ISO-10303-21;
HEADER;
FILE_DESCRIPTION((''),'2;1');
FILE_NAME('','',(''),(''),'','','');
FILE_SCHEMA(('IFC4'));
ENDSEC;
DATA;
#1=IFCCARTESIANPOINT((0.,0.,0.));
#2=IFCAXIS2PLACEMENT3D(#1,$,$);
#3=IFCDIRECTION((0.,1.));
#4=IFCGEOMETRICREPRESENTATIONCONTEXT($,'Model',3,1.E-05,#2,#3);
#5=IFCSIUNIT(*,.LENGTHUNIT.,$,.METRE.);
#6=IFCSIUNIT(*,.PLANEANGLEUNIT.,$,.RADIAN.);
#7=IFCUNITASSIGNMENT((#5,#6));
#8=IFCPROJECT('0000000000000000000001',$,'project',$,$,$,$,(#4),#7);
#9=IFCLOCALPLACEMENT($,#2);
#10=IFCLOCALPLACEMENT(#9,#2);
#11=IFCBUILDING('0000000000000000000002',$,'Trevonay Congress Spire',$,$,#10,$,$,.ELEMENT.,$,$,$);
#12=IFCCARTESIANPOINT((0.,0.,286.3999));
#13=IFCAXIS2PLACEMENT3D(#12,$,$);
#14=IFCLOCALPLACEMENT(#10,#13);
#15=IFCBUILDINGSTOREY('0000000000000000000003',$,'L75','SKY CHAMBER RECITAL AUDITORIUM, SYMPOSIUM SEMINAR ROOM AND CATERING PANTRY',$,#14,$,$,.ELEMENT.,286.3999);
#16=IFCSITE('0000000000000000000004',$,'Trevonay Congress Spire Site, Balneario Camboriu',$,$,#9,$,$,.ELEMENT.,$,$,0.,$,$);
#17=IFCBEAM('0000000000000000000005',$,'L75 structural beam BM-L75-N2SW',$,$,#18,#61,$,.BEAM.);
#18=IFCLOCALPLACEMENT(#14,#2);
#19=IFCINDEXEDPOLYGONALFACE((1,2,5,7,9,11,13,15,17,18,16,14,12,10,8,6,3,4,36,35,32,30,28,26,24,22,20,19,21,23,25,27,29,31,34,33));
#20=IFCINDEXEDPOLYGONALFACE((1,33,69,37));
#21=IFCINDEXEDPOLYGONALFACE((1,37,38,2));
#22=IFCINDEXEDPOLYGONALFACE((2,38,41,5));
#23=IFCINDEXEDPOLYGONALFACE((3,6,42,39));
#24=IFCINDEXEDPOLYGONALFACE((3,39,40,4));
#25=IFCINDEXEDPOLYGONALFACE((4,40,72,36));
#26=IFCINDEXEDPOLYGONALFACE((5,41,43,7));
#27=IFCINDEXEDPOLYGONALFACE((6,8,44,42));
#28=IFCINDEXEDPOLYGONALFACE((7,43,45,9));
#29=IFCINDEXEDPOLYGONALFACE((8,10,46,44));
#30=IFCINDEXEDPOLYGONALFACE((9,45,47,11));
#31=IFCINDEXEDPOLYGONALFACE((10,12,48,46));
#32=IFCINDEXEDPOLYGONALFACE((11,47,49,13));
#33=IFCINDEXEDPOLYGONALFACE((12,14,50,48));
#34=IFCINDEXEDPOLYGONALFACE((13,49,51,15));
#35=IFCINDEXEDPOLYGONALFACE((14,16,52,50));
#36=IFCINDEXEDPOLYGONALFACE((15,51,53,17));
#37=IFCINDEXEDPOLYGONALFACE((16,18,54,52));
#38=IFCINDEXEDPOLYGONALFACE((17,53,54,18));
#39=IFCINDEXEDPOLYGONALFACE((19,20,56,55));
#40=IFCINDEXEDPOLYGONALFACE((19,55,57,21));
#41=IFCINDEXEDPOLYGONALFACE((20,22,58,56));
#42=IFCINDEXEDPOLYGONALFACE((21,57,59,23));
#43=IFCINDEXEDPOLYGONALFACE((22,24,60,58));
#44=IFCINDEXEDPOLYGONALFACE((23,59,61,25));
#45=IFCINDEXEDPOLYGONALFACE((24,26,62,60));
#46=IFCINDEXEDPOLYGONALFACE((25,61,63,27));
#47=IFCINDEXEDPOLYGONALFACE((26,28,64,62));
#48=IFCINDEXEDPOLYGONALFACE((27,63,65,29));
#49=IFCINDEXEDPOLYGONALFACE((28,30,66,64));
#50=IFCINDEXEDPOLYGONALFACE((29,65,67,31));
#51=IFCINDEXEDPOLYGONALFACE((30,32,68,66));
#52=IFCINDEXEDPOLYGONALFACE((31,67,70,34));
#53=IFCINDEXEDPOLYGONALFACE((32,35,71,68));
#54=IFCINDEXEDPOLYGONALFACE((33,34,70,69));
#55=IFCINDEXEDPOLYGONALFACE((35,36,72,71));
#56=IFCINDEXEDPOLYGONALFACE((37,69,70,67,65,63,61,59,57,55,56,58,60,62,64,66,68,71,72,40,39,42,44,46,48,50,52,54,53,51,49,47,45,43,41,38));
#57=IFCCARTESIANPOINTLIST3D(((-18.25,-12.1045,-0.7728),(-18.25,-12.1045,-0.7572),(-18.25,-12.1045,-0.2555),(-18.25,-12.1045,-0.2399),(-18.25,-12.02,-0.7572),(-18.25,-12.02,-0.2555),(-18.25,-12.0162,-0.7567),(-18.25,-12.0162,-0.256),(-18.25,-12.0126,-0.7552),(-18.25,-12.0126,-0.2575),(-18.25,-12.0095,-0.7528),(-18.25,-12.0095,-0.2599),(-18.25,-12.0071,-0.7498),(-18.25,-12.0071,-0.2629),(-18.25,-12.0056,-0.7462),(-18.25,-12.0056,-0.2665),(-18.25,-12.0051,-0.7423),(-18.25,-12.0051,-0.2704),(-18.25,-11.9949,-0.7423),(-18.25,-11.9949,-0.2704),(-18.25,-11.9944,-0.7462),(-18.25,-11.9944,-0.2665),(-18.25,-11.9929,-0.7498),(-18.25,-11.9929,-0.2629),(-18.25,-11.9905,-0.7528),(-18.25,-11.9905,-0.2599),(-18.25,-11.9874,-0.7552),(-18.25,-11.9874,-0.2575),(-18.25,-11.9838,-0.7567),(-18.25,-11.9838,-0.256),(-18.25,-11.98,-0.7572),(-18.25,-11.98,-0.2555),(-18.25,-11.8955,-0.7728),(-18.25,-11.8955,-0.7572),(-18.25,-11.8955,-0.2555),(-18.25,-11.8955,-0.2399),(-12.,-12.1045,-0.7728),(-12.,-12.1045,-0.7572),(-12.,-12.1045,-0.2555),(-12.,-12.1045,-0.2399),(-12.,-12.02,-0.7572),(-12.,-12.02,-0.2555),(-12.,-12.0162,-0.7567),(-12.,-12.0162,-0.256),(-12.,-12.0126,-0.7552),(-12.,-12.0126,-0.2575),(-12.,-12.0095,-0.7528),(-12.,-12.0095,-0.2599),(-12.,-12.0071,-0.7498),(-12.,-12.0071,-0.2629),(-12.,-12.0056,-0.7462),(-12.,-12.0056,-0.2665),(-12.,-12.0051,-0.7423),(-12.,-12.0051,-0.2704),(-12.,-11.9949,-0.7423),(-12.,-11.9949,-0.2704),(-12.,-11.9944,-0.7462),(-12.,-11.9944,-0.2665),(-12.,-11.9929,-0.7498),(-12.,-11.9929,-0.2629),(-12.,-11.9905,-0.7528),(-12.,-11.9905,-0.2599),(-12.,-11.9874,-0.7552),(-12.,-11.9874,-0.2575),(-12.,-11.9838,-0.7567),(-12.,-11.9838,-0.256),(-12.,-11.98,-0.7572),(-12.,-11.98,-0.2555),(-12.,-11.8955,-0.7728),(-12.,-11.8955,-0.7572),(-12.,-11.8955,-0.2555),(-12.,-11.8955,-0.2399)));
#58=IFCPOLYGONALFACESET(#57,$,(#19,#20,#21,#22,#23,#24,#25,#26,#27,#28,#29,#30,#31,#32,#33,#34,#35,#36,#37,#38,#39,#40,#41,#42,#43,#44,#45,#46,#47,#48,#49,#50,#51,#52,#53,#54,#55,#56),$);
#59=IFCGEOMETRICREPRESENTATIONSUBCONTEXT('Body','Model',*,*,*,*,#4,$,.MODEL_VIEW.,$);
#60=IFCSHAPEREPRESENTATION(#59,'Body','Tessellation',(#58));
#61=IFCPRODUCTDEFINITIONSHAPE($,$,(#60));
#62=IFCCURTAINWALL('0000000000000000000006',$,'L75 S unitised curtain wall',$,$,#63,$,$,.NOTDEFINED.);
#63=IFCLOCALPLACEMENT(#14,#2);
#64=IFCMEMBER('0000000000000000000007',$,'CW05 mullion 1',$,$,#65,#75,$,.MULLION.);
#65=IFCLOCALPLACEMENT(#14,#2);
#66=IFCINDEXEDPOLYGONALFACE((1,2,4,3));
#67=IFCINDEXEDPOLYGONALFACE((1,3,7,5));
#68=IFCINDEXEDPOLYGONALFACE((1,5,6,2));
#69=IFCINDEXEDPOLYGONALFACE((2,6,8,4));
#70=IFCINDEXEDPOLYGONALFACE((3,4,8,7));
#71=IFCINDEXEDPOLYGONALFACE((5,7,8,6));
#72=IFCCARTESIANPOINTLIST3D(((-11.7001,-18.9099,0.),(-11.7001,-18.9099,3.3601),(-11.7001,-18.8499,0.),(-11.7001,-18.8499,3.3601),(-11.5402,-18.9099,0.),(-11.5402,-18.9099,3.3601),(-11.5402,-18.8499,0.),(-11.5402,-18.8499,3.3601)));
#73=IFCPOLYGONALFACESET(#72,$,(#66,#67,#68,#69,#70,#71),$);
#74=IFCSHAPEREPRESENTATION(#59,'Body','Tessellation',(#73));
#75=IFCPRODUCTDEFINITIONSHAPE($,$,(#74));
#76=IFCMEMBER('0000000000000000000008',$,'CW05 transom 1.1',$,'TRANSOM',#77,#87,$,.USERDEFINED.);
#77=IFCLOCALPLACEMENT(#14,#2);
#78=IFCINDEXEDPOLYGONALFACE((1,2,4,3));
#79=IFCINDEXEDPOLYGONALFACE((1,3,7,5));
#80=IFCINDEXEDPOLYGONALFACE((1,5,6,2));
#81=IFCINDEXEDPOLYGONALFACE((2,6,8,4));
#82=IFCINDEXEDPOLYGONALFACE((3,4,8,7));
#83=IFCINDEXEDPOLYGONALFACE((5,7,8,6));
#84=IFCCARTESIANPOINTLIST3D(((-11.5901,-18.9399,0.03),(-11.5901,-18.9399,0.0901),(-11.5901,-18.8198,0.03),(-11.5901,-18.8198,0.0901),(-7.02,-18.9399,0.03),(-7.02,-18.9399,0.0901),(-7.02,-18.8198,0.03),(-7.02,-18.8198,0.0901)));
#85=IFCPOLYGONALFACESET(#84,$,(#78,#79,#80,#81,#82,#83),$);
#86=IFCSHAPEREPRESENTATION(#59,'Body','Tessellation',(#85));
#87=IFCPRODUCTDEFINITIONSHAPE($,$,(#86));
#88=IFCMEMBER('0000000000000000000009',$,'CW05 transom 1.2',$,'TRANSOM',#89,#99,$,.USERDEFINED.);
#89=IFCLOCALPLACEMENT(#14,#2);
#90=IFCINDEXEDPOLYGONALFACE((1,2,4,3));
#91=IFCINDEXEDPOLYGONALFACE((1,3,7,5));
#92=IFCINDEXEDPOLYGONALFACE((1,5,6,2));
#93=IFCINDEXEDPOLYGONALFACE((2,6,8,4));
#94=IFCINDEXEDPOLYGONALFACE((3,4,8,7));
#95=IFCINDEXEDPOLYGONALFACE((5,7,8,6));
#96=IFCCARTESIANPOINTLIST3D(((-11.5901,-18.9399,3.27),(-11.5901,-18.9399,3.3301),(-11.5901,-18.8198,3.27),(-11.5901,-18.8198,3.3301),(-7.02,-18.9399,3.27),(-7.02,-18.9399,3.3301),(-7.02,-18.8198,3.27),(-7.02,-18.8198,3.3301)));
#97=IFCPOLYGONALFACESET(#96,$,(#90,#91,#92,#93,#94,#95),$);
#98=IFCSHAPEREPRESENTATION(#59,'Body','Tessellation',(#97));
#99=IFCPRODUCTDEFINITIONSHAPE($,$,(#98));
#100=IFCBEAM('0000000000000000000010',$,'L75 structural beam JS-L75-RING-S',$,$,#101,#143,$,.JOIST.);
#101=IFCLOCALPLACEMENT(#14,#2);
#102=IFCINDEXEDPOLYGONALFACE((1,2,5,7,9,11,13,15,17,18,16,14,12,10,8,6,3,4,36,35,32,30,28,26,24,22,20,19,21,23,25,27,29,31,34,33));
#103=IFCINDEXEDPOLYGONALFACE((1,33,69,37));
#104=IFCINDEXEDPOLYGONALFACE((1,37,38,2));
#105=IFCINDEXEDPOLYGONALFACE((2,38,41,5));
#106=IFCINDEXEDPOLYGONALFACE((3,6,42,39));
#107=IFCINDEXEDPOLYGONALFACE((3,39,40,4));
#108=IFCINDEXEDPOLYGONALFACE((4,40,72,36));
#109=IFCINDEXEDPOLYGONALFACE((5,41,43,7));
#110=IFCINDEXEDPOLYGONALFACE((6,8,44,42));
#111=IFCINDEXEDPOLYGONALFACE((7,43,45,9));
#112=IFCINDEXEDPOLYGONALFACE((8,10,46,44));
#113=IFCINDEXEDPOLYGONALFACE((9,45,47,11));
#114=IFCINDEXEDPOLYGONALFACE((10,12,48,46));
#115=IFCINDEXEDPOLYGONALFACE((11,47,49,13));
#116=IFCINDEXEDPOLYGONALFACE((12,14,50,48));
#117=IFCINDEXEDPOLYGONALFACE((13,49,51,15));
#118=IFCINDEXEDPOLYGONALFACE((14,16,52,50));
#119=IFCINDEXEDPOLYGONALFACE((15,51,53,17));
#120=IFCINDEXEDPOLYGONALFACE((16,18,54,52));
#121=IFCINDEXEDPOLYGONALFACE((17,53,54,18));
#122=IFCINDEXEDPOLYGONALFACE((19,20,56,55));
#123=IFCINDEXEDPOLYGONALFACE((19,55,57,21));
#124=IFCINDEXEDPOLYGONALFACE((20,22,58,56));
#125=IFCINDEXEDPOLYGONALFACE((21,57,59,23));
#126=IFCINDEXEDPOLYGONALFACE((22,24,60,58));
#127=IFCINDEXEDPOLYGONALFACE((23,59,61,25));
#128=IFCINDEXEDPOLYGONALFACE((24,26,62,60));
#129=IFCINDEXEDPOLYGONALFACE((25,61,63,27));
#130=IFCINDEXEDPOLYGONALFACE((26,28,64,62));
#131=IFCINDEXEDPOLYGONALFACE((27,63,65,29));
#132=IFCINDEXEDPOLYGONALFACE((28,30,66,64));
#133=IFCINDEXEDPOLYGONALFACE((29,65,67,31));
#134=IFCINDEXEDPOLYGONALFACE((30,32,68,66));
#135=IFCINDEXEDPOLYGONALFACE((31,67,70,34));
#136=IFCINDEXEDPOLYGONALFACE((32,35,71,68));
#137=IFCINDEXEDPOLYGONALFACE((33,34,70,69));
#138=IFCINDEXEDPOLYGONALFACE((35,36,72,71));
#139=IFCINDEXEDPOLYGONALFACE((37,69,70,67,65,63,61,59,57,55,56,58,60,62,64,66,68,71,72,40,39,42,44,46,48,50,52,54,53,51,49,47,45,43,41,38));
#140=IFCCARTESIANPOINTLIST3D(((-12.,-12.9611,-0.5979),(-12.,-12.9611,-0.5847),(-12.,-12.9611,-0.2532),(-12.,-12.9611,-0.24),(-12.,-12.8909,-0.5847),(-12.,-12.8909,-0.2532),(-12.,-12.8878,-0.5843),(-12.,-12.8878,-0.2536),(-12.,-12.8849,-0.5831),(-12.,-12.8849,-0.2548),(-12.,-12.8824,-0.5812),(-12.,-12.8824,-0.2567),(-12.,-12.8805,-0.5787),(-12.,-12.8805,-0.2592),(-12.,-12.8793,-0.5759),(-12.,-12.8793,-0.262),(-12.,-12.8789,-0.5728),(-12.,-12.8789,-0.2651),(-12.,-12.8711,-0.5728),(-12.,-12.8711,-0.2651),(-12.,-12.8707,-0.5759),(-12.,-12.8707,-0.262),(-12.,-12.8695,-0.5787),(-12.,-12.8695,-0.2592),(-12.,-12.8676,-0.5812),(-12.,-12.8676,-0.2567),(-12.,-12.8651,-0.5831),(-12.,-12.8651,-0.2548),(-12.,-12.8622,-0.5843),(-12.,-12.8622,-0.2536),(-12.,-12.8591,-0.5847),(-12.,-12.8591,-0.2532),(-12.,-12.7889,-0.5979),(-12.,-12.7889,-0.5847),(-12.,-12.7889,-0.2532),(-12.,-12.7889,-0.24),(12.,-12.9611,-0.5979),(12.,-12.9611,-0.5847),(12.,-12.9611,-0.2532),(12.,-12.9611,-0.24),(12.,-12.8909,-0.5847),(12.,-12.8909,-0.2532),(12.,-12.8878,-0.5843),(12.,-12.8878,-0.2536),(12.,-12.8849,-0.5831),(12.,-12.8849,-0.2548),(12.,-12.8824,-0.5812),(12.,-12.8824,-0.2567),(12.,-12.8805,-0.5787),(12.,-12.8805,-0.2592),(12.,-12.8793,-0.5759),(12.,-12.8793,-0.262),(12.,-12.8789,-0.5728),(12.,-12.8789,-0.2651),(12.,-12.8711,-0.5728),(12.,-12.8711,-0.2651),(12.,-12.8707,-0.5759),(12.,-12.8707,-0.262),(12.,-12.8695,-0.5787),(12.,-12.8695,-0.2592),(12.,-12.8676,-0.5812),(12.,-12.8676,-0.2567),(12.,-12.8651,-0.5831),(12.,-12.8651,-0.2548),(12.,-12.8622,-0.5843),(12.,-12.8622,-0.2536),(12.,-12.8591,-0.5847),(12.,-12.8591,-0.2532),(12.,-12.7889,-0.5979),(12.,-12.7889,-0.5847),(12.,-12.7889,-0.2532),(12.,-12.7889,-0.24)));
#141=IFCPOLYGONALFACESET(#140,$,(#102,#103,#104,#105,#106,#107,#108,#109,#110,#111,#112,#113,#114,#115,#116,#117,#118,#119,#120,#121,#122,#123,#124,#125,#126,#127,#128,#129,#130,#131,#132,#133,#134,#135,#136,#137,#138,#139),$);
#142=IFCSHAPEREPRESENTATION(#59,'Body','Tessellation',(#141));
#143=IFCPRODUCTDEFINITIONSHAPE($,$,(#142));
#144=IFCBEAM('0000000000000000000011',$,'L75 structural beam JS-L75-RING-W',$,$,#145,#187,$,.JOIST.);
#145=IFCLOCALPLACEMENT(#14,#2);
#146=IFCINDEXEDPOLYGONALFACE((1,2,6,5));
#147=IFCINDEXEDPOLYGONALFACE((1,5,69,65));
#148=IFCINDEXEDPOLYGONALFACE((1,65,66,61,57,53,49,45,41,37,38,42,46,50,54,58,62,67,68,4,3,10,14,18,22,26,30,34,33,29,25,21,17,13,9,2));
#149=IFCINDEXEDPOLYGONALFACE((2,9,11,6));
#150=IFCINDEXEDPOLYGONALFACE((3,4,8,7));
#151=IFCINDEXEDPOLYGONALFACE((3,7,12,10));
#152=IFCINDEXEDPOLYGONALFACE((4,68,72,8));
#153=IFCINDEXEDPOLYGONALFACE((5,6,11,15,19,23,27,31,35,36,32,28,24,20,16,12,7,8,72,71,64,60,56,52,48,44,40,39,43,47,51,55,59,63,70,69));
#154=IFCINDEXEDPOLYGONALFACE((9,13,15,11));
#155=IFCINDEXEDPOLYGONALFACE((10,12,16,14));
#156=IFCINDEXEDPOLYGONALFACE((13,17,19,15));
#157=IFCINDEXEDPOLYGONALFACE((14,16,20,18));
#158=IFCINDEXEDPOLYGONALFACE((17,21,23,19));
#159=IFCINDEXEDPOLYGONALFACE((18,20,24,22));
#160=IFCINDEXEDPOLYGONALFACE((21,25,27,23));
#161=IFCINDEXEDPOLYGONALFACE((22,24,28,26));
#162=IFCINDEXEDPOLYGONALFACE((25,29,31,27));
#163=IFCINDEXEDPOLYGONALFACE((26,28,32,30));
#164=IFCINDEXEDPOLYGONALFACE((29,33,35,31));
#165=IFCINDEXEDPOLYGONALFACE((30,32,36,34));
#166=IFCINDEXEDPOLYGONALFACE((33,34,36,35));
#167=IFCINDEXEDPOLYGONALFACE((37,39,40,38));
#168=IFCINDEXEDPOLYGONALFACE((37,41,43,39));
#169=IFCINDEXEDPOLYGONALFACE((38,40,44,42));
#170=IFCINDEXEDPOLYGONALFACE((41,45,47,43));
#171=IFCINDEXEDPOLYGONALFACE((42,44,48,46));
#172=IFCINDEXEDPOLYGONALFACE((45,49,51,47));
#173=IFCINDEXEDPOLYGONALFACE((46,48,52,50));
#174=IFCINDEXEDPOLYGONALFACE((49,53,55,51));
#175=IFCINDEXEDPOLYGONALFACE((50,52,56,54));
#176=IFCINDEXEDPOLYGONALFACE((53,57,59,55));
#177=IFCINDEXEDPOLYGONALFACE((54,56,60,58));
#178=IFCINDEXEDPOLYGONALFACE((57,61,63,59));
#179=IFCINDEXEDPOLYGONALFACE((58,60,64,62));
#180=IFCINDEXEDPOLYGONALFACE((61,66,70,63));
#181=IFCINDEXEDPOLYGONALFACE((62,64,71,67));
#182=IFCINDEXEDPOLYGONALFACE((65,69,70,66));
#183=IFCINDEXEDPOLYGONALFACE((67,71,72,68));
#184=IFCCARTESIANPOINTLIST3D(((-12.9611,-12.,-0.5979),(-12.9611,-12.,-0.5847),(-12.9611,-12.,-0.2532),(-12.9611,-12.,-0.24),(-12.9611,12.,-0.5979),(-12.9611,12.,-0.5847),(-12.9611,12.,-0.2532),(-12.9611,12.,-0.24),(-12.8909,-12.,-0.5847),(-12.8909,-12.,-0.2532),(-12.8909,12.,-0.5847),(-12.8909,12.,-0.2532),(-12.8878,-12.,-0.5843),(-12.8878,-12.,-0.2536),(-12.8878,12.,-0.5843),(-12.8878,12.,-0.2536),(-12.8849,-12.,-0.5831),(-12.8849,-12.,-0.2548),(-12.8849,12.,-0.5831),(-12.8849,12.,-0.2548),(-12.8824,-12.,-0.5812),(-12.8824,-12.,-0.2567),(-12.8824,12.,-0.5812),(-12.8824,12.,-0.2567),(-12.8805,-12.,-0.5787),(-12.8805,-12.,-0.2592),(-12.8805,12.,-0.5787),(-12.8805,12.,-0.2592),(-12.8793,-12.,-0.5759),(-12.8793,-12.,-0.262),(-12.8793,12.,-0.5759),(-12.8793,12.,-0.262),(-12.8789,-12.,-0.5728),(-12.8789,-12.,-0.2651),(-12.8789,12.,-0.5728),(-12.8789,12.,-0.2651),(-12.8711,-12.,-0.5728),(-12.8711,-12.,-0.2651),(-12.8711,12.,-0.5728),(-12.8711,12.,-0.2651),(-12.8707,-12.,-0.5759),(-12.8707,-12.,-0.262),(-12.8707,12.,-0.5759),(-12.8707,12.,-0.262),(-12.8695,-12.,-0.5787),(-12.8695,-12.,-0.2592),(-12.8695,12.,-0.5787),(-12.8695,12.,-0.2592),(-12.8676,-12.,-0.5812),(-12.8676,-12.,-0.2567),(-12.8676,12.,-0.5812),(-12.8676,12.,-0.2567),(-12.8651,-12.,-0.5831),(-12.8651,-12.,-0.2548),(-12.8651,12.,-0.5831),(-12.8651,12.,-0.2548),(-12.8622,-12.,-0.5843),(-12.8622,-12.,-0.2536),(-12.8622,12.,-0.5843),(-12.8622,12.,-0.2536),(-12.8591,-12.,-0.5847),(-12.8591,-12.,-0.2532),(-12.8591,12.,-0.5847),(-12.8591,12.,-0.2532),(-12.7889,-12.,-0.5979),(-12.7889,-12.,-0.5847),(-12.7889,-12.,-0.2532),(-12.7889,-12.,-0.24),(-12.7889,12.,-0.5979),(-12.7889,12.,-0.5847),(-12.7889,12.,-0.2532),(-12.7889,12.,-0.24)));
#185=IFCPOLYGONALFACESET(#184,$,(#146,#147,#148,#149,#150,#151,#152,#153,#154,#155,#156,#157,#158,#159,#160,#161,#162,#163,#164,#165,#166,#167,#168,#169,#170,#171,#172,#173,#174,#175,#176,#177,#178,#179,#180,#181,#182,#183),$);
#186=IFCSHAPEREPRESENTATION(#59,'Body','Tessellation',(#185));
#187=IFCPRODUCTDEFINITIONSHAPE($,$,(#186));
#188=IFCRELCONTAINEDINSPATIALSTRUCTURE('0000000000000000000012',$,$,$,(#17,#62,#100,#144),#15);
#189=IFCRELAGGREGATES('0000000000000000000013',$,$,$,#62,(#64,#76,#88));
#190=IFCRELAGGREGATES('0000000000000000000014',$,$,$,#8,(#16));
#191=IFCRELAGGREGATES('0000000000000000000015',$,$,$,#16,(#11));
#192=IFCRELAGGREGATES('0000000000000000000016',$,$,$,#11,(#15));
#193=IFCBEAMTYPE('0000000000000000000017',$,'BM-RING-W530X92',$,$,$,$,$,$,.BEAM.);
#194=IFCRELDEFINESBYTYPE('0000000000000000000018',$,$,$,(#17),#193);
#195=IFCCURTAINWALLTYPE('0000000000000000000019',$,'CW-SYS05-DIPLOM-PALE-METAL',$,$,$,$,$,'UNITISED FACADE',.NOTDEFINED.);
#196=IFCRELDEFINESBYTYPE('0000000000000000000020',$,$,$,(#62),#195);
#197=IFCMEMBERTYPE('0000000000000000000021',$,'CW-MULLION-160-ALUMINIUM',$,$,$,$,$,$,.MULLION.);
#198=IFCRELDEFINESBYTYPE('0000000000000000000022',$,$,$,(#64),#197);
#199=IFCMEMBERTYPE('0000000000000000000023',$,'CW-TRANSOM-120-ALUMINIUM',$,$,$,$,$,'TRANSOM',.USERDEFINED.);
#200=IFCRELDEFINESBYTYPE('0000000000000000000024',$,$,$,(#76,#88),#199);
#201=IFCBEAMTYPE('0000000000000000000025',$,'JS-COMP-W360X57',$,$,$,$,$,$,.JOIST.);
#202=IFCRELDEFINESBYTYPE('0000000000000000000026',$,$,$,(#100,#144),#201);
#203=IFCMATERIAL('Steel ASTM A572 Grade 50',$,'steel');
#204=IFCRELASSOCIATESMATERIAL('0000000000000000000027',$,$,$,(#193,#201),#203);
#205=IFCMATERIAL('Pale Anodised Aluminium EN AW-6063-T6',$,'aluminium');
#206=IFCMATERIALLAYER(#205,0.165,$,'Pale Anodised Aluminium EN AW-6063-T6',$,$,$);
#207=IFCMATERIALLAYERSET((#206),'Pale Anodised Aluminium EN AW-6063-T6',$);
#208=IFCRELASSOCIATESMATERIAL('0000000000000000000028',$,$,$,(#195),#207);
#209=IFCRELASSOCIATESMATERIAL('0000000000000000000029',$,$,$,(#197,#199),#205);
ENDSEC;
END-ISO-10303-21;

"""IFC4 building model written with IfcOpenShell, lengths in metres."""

from ifc_helpers import new_model, si_unit, direction, frame, origin, origin_2d, place, context, subcontext, project, spatial, rectangle, i_section, extrude, material, layer, layer_set, material_profile, profile_set, type_object, element, aggregate, save


model = new_model("IFC4")

# Units and contexts
model_context = context("Model", 3, precision=1e-05, world=origin(), true_north=direction((0.0, 1.0)))
body_context = subcontext(model_context, "Body", "Model", "MODEL_VIEW")
ifc_project = project(units=[si_unit("LENGTHUNIT", "METRE"), si_unit("PLANEANGLEUNIT", "RADIAN")], contexts=[model_context])

# Site, building, storey
site_placement = place(None, origin())
site = spatial("IfcSite", under=ifc_project, at=site_placement, Name="Trevonay Congress Spire Site, Balneario Camboriu", CompositionType="ELEMENT", RefElevation=0.0)
building_placement = place(site_placement, origin())
building = spatial("IfcBuilding", under=site, at=building_placement, Name="Trevonay Congress Spire", CompositionType="ELEMENT")
storey_placement = place(building_placement, frame((0.0, 0.0, 286.3999)))
storey = spatial("IfcBuildingStorey", under=building, at=storey_placement, Name="L75", Description="SKY CHAMBER RECITAL AUDITORIUM, SYMPOSIUM SEMINAR ROOM AND CATERING PANTRY", CompositionType="ELEMENT", Elevation=286.3999)

# Shared definitions
ifc_material_1 = material(Name="Steel ASTM A572 Grade 50", Category="steel")

# Beam
ifc_material_profile_1 = material_profile(ifc_material_1, i_section(OverallWidth=0.209, OverallDepth=0.533, WebThickness=0.0103, FlangeThickness=0.0156, FilletRadius=0.0149, at=origin_2d()), Name="W530x92")
ifc_profile_set_1 = profile_set([ifc_material_profile_1], Name="Steel ASTM A572 Grade 50")
beam_type_1 = type_object("IfcBeamType", Name="BM-RING-W530X92", PredefinedType="BEAM", material=ifc_profile_set_1)
for number, where, z_axis, x_axis, name in (
    (1, (-18.25, -12.0, -0.5063), (1.0, 0.0, 0.0), (0.0, 1.0, 0.0), "L75 structural beam BM-L75-N2SW"),
):
    element("IfcBeam", number, at=place(storey_placement, frame(where, z_axis=z_axis, x_axis=x_axis)), inside=storey, type_object=beam_type_1, Name=name, PredefinedType="BEAM", context=body_context, shape_type="SweptSolid", body=[
        extrude(i_section(OverallWidth=0.209, OverallDepth=0.533, WebThickness=0.0103, FlangeThickness=0.0156, FilletRadius=0.0149, at=origin_2d()), origin(), (0.0, 0.0, 1.0), 6.25),
    ])

# Curtain wall, members
ifc_material_2 = material(Name="Pale Anodised Aluminium EN AW-6063-T6", Category="aluminium")
ifc_layer_1 = layer(ifc_material_2, 0.165, Name="Pale Anodised Aluminium EN AW-6063-T6")
ifc_layer_set_1 = layer_set([ifc_layer_1], Name="Pale Anodised Aluminium EN AW-6063-T6")
curtain_wall_type = type_object("IfcCurtainWallType", Name="CW-SYS05-DIPLOM-PALE-METAL", ElementType="UNITISED FACADE", PredefinedType="NOTDEFINED", material=ifc_layer_set_1)
curtain_wall_placement = place(storey_placement, origin())
curtain_wall = element("IfcCurtainWall", 2, at=curtain_wall_placement, inside=storey, type_object=curtain_wall_type, Name="L75 S unitised curtain wall", PredefinedType="NOTDEFINED")
ifc_material_profile_2 = material_profile(ifc_material_2, rectangle(XDim=0.0601, YDim=0.1599, at=origin_2d()), Name="CW-MULLION-160-ALUMINIUM")
ifc_profile_set_2 = profile_set([ifc_material_profile_2], Name="Pale Anodised Aluminium EN AW-6063-T6")
member_type_1 = type_object("IfcMemberType", Name="CW-MULLION-160-ALUMINIUM", PredefinedType="MULLION", material=ifc_profile_set_2)
member_1_placement = place(storey_placement, frame((-11.6201, -18.8799, 0.0), z_axis=(0.0, 0.0, 1.0), x_axis=(0.0, 1.0, 0.0)))
member_1 = element("IfcMember", 3, at=member_1_placement, type_object=member_type_1, Name="CW05 mullion 1", PredefinedType="MULLION", context=body_context, shape_type="SweptSolid", body=[
    extrude(rectangle(XDim=0.0601, YDim=0.1599, at=origin_2d()), origin(), (0.0, 0.0, 1.0), 3.3601),
])
ifc_material_profile_3 = material_profile(ifc_material_2, rectangle(XDim=0.1201, YDim=0.0601, at=origin_2d()), Name="CW-TRANSOM-120-ALUMINIUM")
ifc_profile_set_3 = profile_set([ifc_material_profile_3], Name="Pale Anodised Aluminium EN AW-6063-T6")
member_type_2 = type_object("IfcMemberType", Name="CW-TRANSOM-120-ALUMINIUM", ElementType="TRANSOM", PredefinedType="USERDEFINED", material=ifc_profile_set_3)
member_2_placement = place(storey_placement, frame((-11.5901, -18.8799, 0.0601), z_axis=(1.0, 0.0, 0.0), x_axis=(0.0, 1.0, 0.0)))
member_2 = element("IfcMember", 4, at=member_2_placement, type_object=member_type_2, Name="CW05 transom 1.1", ObjectType="TRANSOM", PredefinedType="USERDEFINED", context=body_context, shape_type="SweptSolid", body=[
    extrude(rectangle(XDim=0.1201, YDim=0.0601, at=origin_2d()), origin(), (0.0, 0.0, 1.0), 4.5701),
])
member_3_placement = place(storey_placement, frame((-11.5901, -18.8799, 3.3), z_axis=(1.0, 0.0, 0.0), x_axis=(0.0, 1.0, 0.0)))
member_3 = element("IfcMember", 5, at=member_3_placement, type_object=member_type_2, Name="CW05 transom 1.2", ObjectType="TRANSOM", PredefinedType="USERDEFINED", context=body_context, shape_type="SweptSolid", body=[
    extrude(rectangle(XDim=0.1201, YDim=0.0601, at=origin_2d()), origin(), (0.0, 0.0, 1.0), 4.5701),
])

# Beams
ifc_material_profile_4 = material_profile(ifc_material_1, i_section(OverallWidth=0.1721, OverallDepth=0.3579, WebThickness=0.0078, FlangeThickness=0.0132, FilletRadius=0.012, at=origin_2d()), Name="W360x57.8")
ifc_profile_set_4 = profile_set([ifc_material_profile_4], Name="Steel ASTM A572 Grade 50")
beam_type_2 = type_object("IfcBeamType", Name="JS-COMP-W360X57", PredefinedType="JOIST", material=ifc_profile_set_4)
for number, where, z_axis, x_axis, name in (
    (6, (-12.0, -12.875, -0.4189), (1.0, 0.0, 0.0), (0.0, 1.0, 0.0), "L75 structural beam JS-L75-RING-S"),
    (7, (-12.875, -12.0, -0.4189), (0.0, 1.0, 0.0), (-1.0, 0.0, 0.0), "L75 structural beam JS-L75-RING-W"),
):
    element("IfcBeam", number, at=place(storey_placement, frame(where, z_axis=z_axis, x_axis=x_axis)), inside=storey, type_object=beam_type_2, Name=name, PredefinedType="JOIST", context=body_context, shape_type="SweptSolid", body=[
        extrude(i_section(OverallWidth=0.1721, OverallDepth=0.3579, WebThickness=0.0078, FlangeThickness=0.0132, FilletRadius=0.012, at=origin_2d()), origin(), (0.0, 0.0, 1.0), 24.0),
    ])

aggregate(curtain_wall, [member_1, member_2, member_3])

save(model, "model.ifc")
